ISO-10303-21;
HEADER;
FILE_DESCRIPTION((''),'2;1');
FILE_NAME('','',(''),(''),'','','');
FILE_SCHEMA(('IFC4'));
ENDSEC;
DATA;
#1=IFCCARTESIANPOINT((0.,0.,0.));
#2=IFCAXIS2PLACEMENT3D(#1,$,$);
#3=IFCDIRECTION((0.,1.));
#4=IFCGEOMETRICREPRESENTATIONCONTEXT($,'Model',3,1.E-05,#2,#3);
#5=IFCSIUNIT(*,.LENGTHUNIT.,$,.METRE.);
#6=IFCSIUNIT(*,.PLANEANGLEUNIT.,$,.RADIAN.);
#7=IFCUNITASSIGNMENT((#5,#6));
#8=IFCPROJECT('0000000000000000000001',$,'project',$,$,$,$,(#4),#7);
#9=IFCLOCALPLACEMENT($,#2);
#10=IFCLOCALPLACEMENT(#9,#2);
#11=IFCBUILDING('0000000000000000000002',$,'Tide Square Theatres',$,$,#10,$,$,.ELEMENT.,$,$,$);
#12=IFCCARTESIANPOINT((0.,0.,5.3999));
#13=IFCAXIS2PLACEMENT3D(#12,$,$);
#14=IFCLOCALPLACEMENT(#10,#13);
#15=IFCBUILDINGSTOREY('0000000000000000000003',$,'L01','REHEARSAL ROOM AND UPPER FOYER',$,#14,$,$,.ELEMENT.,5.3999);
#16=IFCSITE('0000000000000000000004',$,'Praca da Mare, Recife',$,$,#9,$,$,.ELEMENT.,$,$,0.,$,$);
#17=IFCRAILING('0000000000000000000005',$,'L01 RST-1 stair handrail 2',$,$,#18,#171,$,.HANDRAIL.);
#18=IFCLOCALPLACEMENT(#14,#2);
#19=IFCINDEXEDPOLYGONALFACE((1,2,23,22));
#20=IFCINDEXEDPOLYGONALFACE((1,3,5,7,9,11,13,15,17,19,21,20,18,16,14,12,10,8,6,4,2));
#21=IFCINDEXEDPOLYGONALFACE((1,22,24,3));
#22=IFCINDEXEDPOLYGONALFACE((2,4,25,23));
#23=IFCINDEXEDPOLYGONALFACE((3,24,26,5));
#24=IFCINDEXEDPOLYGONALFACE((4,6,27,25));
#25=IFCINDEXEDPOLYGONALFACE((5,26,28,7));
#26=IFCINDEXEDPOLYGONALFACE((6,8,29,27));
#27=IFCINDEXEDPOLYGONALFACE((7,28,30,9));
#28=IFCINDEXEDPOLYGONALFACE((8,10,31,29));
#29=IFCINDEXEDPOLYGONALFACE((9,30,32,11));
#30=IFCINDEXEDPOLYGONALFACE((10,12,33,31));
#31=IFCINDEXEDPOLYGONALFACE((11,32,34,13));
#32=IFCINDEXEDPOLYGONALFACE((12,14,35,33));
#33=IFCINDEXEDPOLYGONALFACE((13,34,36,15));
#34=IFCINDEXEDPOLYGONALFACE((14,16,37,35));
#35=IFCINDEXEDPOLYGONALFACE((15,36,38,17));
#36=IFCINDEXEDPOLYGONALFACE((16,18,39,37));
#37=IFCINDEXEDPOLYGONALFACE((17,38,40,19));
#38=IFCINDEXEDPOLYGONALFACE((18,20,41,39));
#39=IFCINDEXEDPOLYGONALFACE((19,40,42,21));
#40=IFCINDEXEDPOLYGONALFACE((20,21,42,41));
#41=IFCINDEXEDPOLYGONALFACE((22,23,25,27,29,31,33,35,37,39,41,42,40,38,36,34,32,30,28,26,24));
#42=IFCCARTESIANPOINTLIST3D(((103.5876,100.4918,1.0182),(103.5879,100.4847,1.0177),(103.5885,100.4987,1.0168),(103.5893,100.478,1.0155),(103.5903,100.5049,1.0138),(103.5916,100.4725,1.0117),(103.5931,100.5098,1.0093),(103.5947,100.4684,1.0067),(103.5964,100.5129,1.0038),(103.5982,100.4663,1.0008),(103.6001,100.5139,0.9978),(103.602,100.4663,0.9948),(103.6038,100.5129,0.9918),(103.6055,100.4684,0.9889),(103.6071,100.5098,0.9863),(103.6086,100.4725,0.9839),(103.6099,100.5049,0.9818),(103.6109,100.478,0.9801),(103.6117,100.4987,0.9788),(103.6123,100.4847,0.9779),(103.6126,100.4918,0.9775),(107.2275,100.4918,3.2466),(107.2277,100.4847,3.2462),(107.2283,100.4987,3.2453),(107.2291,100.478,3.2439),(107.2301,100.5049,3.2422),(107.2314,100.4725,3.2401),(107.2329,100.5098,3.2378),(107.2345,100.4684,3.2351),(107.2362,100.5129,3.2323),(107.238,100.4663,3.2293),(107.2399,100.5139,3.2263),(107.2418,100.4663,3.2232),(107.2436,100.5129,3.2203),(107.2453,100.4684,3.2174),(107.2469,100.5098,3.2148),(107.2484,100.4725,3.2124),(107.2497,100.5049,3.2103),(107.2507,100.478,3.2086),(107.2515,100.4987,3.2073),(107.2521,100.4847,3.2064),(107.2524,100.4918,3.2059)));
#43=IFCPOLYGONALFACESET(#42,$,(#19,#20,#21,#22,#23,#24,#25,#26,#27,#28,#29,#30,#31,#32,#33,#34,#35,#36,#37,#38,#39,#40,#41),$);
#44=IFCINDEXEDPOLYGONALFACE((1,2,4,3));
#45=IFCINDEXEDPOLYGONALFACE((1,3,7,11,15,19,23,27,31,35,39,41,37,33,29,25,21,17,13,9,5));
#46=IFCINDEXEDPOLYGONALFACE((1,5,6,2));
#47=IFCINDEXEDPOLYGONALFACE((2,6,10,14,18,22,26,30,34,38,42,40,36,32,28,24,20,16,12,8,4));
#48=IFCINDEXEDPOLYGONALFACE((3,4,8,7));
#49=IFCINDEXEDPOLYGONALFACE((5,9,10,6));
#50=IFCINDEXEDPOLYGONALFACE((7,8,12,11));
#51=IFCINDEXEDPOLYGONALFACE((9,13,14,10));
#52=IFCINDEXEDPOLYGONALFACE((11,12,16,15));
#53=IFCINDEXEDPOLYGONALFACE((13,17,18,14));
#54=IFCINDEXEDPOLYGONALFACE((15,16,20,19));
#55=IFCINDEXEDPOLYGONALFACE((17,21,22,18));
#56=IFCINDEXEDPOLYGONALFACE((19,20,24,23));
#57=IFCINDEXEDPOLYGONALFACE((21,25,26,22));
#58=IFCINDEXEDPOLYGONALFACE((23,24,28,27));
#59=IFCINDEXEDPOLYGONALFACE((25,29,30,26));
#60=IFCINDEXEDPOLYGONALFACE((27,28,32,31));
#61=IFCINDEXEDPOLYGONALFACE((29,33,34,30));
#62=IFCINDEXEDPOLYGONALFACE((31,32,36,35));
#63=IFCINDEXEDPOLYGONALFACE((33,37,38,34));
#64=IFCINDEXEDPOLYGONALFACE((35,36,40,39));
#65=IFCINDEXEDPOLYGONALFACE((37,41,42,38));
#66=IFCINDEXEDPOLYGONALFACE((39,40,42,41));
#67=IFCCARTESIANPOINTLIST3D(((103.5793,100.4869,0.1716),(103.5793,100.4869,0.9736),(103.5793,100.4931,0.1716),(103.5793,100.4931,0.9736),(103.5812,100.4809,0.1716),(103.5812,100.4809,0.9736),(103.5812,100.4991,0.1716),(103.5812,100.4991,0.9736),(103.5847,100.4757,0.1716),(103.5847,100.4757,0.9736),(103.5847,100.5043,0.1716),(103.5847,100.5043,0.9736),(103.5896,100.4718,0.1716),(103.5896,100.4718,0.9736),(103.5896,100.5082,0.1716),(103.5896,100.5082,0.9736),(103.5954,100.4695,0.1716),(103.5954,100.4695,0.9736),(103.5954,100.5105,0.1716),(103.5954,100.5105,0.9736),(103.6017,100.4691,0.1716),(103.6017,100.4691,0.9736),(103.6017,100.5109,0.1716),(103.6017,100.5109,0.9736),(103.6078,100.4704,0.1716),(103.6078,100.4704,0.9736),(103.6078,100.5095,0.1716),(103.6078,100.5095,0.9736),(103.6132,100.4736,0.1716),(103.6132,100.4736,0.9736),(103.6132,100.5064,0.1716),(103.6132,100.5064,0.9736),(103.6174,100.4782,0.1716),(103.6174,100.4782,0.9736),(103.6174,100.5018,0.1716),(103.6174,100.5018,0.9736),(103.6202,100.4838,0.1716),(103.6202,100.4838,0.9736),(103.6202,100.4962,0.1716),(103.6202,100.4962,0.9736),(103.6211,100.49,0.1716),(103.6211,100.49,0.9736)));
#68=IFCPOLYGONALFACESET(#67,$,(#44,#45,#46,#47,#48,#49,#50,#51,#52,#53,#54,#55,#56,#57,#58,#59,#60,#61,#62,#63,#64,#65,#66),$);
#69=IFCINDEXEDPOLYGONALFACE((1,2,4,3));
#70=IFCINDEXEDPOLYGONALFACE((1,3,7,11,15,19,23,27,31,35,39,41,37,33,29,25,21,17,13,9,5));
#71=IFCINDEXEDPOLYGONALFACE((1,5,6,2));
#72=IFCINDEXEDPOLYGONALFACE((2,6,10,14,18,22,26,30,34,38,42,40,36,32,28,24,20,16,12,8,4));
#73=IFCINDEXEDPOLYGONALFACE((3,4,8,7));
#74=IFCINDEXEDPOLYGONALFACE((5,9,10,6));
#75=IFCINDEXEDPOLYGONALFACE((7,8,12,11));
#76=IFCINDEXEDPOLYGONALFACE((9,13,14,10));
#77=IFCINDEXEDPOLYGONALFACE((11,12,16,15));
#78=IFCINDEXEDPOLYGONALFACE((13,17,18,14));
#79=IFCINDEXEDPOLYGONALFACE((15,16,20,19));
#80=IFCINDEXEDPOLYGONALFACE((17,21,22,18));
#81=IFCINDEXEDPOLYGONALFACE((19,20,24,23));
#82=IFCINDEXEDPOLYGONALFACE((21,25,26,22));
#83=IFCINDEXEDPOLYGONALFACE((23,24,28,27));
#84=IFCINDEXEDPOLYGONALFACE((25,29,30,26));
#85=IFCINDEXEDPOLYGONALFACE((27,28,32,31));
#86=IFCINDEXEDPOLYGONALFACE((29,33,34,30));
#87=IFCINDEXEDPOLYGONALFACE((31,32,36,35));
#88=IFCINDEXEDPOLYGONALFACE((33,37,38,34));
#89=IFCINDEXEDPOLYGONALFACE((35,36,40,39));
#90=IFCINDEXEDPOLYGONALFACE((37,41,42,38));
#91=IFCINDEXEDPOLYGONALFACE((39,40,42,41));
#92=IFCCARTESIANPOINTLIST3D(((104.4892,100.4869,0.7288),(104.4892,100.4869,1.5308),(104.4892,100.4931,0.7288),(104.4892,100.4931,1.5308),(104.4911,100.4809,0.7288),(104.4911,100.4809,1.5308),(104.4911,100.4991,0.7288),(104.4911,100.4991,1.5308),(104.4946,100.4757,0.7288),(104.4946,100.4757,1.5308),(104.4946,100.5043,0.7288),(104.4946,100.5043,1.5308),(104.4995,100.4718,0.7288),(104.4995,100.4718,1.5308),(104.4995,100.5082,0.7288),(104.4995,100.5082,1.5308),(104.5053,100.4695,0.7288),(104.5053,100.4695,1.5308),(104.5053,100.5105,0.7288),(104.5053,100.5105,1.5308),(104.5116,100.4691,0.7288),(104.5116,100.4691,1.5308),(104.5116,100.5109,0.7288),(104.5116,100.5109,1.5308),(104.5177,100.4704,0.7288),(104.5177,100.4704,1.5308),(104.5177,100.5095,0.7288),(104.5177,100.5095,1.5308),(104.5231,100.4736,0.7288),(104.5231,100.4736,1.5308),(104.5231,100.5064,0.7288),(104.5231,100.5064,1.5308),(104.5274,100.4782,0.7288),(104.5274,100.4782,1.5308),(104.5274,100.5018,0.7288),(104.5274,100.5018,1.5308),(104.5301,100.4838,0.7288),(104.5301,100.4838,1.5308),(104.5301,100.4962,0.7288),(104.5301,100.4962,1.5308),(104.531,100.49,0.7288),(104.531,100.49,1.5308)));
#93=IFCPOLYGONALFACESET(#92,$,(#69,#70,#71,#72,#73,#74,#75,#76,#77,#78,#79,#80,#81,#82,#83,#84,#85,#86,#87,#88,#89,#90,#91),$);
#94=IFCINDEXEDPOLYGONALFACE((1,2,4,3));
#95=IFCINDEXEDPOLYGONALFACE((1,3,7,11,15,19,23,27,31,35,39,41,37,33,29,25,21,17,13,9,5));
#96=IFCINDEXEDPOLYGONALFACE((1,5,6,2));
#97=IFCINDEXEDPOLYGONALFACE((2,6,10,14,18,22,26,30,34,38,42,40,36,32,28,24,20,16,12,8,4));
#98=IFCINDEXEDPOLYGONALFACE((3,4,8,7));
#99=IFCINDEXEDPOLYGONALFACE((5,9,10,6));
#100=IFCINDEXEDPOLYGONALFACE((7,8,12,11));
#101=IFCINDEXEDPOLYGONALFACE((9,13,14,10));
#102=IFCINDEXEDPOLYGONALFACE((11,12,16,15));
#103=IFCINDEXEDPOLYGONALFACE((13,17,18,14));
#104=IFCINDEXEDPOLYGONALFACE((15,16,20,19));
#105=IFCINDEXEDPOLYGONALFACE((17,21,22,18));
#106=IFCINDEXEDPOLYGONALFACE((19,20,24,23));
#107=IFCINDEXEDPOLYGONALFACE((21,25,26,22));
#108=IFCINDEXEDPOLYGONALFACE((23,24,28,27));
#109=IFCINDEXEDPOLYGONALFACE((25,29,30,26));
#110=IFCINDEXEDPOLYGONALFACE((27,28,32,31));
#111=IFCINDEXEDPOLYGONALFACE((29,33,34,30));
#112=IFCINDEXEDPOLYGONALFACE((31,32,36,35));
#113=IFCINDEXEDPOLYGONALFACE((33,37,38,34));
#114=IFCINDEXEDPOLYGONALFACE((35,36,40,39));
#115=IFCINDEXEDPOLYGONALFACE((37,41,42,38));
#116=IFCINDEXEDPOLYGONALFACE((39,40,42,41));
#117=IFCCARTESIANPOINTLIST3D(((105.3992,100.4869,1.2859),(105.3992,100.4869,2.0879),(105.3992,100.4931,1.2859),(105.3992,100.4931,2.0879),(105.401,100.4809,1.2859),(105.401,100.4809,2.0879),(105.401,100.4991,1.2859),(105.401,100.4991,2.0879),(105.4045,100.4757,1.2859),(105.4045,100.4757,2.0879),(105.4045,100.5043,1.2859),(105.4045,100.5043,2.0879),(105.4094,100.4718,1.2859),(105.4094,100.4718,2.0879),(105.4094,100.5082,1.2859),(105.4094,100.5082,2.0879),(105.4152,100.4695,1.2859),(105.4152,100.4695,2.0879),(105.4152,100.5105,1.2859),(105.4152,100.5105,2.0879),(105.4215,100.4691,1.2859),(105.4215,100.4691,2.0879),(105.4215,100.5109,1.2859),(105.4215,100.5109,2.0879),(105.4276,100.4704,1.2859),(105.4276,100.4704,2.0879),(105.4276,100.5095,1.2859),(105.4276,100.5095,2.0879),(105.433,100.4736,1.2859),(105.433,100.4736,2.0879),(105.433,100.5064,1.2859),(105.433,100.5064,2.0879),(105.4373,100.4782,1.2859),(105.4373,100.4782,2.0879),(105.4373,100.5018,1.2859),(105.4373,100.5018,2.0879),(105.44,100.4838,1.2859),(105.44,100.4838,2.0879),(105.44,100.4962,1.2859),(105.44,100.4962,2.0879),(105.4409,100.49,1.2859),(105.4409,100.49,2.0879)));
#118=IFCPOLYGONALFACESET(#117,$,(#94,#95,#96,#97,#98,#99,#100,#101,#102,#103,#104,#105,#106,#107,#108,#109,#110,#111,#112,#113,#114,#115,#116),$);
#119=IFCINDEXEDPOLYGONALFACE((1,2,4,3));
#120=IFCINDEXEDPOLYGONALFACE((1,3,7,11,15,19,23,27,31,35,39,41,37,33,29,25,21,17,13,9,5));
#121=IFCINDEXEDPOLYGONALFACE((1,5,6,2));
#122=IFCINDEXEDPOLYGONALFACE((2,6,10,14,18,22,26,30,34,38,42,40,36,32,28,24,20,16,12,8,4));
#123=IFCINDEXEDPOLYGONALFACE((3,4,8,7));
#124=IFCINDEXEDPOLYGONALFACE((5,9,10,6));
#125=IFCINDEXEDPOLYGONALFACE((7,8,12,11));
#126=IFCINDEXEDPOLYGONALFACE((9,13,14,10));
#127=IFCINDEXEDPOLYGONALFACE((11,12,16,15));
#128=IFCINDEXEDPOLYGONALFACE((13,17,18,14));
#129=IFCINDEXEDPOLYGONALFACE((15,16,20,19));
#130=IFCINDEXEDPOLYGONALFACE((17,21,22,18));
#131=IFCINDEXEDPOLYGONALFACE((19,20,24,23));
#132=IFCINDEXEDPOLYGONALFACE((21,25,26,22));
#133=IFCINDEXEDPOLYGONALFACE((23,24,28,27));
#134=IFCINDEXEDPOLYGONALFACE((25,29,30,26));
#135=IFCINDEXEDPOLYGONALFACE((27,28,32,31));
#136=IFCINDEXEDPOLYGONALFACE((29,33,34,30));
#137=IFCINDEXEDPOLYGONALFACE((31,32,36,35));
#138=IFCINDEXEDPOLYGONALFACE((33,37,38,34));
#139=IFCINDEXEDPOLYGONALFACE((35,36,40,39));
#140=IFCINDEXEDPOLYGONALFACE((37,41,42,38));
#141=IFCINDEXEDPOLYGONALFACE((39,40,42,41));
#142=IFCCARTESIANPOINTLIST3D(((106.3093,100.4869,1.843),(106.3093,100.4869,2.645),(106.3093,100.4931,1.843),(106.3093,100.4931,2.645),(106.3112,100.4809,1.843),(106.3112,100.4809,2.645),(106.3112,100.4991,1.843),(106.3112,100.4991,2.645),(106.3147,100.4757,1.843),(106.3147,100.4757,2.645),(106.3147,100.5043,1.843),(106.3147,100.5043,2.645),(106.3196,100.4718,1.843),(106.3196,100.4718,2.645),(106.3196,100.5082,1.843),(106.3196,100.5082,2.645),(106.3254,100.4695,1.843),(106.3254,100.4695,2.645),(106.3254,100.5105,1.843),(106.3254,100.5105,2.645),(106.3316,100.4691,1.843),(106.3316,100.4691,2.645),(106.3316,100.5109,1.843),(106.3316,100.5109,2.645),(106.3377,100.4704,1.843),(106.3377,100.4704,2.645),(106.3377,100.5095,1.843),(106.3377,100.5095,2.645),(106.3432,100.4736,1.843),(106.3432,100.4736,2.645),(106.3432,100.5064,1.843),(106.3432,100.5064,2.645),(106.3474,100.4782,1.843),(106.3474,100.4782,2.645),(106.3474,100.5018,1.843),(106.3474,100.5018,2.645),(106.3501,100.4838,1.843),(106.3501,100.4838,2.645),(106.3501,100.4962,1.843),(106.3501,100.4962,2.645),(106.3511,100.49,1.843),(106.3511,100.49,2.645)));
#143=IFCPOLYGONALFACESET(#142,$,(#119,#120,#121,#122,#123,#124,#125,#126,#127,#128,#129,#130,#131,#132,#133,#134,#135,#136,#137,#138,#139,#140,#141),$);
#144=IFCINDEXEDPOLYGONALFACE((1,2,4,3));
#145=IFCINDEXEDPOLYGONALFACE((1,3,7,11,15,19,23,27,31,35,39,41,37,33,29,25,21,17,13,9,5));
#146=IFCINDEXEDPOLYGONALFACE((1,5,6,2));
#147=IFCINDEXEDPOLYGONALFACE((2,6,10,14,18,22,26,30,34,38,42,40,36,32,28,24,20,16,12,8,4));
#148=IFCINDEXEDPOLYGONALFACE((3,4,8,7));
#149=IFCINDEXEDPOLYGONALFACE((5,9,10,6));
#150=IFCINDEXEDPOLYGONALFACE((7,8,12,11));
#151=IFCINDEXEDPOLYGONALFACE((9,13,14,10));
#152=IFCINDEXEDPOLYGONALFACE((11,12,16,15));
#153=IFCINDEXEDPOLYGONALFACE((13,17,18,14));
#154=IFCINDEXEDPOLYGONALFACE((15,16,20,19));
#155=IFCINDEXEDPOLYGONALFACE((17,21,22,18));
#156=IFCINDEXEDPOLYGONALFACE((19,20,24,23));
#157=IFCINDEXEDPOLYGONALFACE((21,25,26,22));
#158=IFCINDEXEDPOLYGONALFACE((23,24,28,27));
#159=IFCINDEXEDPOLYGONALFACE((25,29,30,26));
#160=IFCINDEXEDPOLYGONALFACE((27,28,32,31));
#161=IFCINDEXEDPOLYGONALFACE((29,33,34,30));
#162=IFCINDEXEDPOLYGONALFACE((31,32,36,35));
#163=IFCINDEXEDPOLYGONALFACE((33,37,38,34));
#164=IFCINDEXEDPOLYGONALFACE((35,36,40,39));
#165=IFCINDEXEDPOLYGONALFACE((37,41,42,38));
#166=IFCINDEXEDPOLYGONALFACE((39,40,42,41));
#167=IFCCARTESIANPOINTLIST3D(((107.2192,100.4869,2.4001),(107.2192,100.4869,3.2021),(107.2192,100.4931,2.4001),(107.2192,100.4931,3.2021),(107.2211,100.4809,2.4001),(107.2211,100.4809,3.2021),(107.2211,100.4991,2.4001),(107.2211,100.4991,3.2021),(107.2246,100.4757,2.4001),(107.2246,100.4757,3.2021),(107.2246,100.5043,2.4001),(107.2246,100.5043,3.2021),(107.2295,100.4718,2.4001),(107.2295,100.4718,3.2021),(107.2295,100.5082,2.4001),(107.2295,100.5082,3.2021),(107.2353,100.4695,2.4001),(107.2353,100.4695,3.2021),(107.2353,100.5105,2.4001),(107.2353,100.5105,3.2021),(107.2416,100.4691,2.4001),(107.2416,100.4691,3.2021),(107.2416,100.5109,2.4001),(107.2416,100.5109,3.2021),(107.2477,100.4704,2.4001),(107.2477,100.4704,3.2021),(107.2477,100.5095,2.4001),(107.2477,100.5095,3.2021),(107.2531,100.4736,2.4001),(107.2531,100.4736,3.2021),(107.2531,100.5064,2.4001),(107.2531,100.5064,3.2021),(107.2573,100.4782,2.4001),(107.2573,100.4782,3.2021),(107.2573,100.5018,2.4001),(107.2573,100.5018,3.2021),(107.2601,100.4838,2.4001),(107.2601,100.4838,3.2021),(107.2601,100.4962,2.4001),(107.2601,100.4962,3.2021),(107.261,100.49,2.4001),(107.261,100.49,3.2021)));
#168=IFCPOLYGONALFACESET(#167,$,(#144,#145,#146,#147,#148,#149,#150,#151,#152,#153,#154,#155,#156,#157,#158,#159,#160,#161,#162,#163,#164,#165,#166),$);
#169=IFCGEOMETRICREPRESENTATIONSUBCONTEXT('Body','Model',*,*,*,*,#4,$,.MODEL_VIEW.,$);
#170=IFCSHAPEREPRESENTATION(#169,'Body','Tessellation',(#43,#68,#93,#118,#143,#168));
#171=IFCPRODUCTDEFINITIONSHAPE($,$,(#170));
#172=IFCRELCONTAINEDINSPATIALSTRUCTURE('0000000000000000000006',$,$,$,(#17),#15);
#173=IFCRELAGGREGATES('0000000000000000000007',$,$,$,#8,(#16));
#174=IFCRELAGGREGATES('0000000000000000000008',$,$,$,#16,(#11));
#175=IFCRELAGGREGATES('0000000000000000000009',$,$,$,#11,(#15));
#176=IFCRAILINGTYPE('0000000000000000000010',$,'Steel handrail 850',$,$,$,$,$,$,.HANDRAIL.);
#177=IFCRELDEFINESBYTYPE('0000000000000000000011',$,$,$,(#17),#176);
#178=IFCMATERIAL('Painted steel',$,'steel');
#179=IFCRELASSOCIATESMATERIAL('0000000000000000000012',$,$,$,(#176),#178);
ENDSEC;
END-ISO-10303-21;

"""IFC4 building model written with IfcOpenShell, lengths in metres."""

from ifc_helpers import new_model, si_unit, direction, frame, origin, origin_2d, place, context, subcontext, project, spatial, circle, extrude, material, type_object, element, save


model = new_model("IFC4")

# Units and contexts
model_context = context("Model", 3, precision=1e-05, world=origin(), true_north=direction((0.0, 1.0)))
body_context = subcontext(model_context, "Body", "Model", "MODEL_VIEW")
ifc_project = project(units=[si_unit("LENGTHUNIT", "METRE"), si_unit("PLANEANGLEUNIT", "RADIAN")], contexts=[model_context])

# Site, building, storey
site_placement = place(None, origin())
site = spatial("IfcSite", under=ifc_project, at=site_placement, Name="Praca da Mare, Recife", CompositionType="ELEMENT", RefElevation=0.0)
building_placement = place(site_placement, origin())
building = spatial("IfcBuilding", under=site, at=building_placement, Name="Tide Square Theatres", CompositionType="ELEMENT")
storey_placement = place(building_placement, frame((0.0, 0.0, 5.3999)))
storey = spatial("IfcBuildingStorey", under=building, at=storey_placement, Name="L01", Description="REHEARSAL ROOM AND UPPER FOYER", CompositionType="ELEMENT", Elevation=5.3999)

# Railing
ifc_material_1 = material(Name="Painted steel", Category="steel")
railing_type_1 = type_object("IfcRailingType", Name="Steel handrail 850", PredefinedType="HANDRAIL", material=ifc_material_1)
railing_1_placement = place(storey_placement, frame((103.6001, 100.49, 0.1716)))
element("IfcRailing", 1, at=railing_1_placement, inside=storey, type_object=railing_type_1, Name="L01 RST-1 stair handrail 2", PredefinedType="HANDRAIL", context=body_context, shape_type="SweptSolid", body=[
    extrude(circle(Radius=0.0239, at=origin_2d()), frame((0.0, 0.0, 0.8262), z_axis=(0.85285, 0.0, 0.522156), x_axis=(0.0, 1.0, 0.0)), (0.0, 0.0, 1.0), 4.2678),
    extrude(circle(Radius=0.021, at=origin_2d()), origin(), (0.0, 0.0, 1.0), 0.802),
    extrude(circle(Radius=0.021, at=origin_2d()), frame((0.9099, 0.0, 0.5571)), (0.0, 0.0, 1.0), 0.802),
    extrude(circle(Radius=0.021, at=origin_2d()), frame((1.8198, 0.0, 1.1143)), (0.0, 0.0, 1.0), 0.802),
    extrude(circle(Radius=0.021, at=origin_2d()), frame((2.73, 0.0, 1.6714)), (0.0, 0.0, 1.0), 0.802),
    extrude(circle(Radius=0.021, at=origin_2d()), frame((3.6399, 0.0, 2.2285)), (0.0, 0.0, 1.0), 0.802),
])

save(model, "model.ifc")
